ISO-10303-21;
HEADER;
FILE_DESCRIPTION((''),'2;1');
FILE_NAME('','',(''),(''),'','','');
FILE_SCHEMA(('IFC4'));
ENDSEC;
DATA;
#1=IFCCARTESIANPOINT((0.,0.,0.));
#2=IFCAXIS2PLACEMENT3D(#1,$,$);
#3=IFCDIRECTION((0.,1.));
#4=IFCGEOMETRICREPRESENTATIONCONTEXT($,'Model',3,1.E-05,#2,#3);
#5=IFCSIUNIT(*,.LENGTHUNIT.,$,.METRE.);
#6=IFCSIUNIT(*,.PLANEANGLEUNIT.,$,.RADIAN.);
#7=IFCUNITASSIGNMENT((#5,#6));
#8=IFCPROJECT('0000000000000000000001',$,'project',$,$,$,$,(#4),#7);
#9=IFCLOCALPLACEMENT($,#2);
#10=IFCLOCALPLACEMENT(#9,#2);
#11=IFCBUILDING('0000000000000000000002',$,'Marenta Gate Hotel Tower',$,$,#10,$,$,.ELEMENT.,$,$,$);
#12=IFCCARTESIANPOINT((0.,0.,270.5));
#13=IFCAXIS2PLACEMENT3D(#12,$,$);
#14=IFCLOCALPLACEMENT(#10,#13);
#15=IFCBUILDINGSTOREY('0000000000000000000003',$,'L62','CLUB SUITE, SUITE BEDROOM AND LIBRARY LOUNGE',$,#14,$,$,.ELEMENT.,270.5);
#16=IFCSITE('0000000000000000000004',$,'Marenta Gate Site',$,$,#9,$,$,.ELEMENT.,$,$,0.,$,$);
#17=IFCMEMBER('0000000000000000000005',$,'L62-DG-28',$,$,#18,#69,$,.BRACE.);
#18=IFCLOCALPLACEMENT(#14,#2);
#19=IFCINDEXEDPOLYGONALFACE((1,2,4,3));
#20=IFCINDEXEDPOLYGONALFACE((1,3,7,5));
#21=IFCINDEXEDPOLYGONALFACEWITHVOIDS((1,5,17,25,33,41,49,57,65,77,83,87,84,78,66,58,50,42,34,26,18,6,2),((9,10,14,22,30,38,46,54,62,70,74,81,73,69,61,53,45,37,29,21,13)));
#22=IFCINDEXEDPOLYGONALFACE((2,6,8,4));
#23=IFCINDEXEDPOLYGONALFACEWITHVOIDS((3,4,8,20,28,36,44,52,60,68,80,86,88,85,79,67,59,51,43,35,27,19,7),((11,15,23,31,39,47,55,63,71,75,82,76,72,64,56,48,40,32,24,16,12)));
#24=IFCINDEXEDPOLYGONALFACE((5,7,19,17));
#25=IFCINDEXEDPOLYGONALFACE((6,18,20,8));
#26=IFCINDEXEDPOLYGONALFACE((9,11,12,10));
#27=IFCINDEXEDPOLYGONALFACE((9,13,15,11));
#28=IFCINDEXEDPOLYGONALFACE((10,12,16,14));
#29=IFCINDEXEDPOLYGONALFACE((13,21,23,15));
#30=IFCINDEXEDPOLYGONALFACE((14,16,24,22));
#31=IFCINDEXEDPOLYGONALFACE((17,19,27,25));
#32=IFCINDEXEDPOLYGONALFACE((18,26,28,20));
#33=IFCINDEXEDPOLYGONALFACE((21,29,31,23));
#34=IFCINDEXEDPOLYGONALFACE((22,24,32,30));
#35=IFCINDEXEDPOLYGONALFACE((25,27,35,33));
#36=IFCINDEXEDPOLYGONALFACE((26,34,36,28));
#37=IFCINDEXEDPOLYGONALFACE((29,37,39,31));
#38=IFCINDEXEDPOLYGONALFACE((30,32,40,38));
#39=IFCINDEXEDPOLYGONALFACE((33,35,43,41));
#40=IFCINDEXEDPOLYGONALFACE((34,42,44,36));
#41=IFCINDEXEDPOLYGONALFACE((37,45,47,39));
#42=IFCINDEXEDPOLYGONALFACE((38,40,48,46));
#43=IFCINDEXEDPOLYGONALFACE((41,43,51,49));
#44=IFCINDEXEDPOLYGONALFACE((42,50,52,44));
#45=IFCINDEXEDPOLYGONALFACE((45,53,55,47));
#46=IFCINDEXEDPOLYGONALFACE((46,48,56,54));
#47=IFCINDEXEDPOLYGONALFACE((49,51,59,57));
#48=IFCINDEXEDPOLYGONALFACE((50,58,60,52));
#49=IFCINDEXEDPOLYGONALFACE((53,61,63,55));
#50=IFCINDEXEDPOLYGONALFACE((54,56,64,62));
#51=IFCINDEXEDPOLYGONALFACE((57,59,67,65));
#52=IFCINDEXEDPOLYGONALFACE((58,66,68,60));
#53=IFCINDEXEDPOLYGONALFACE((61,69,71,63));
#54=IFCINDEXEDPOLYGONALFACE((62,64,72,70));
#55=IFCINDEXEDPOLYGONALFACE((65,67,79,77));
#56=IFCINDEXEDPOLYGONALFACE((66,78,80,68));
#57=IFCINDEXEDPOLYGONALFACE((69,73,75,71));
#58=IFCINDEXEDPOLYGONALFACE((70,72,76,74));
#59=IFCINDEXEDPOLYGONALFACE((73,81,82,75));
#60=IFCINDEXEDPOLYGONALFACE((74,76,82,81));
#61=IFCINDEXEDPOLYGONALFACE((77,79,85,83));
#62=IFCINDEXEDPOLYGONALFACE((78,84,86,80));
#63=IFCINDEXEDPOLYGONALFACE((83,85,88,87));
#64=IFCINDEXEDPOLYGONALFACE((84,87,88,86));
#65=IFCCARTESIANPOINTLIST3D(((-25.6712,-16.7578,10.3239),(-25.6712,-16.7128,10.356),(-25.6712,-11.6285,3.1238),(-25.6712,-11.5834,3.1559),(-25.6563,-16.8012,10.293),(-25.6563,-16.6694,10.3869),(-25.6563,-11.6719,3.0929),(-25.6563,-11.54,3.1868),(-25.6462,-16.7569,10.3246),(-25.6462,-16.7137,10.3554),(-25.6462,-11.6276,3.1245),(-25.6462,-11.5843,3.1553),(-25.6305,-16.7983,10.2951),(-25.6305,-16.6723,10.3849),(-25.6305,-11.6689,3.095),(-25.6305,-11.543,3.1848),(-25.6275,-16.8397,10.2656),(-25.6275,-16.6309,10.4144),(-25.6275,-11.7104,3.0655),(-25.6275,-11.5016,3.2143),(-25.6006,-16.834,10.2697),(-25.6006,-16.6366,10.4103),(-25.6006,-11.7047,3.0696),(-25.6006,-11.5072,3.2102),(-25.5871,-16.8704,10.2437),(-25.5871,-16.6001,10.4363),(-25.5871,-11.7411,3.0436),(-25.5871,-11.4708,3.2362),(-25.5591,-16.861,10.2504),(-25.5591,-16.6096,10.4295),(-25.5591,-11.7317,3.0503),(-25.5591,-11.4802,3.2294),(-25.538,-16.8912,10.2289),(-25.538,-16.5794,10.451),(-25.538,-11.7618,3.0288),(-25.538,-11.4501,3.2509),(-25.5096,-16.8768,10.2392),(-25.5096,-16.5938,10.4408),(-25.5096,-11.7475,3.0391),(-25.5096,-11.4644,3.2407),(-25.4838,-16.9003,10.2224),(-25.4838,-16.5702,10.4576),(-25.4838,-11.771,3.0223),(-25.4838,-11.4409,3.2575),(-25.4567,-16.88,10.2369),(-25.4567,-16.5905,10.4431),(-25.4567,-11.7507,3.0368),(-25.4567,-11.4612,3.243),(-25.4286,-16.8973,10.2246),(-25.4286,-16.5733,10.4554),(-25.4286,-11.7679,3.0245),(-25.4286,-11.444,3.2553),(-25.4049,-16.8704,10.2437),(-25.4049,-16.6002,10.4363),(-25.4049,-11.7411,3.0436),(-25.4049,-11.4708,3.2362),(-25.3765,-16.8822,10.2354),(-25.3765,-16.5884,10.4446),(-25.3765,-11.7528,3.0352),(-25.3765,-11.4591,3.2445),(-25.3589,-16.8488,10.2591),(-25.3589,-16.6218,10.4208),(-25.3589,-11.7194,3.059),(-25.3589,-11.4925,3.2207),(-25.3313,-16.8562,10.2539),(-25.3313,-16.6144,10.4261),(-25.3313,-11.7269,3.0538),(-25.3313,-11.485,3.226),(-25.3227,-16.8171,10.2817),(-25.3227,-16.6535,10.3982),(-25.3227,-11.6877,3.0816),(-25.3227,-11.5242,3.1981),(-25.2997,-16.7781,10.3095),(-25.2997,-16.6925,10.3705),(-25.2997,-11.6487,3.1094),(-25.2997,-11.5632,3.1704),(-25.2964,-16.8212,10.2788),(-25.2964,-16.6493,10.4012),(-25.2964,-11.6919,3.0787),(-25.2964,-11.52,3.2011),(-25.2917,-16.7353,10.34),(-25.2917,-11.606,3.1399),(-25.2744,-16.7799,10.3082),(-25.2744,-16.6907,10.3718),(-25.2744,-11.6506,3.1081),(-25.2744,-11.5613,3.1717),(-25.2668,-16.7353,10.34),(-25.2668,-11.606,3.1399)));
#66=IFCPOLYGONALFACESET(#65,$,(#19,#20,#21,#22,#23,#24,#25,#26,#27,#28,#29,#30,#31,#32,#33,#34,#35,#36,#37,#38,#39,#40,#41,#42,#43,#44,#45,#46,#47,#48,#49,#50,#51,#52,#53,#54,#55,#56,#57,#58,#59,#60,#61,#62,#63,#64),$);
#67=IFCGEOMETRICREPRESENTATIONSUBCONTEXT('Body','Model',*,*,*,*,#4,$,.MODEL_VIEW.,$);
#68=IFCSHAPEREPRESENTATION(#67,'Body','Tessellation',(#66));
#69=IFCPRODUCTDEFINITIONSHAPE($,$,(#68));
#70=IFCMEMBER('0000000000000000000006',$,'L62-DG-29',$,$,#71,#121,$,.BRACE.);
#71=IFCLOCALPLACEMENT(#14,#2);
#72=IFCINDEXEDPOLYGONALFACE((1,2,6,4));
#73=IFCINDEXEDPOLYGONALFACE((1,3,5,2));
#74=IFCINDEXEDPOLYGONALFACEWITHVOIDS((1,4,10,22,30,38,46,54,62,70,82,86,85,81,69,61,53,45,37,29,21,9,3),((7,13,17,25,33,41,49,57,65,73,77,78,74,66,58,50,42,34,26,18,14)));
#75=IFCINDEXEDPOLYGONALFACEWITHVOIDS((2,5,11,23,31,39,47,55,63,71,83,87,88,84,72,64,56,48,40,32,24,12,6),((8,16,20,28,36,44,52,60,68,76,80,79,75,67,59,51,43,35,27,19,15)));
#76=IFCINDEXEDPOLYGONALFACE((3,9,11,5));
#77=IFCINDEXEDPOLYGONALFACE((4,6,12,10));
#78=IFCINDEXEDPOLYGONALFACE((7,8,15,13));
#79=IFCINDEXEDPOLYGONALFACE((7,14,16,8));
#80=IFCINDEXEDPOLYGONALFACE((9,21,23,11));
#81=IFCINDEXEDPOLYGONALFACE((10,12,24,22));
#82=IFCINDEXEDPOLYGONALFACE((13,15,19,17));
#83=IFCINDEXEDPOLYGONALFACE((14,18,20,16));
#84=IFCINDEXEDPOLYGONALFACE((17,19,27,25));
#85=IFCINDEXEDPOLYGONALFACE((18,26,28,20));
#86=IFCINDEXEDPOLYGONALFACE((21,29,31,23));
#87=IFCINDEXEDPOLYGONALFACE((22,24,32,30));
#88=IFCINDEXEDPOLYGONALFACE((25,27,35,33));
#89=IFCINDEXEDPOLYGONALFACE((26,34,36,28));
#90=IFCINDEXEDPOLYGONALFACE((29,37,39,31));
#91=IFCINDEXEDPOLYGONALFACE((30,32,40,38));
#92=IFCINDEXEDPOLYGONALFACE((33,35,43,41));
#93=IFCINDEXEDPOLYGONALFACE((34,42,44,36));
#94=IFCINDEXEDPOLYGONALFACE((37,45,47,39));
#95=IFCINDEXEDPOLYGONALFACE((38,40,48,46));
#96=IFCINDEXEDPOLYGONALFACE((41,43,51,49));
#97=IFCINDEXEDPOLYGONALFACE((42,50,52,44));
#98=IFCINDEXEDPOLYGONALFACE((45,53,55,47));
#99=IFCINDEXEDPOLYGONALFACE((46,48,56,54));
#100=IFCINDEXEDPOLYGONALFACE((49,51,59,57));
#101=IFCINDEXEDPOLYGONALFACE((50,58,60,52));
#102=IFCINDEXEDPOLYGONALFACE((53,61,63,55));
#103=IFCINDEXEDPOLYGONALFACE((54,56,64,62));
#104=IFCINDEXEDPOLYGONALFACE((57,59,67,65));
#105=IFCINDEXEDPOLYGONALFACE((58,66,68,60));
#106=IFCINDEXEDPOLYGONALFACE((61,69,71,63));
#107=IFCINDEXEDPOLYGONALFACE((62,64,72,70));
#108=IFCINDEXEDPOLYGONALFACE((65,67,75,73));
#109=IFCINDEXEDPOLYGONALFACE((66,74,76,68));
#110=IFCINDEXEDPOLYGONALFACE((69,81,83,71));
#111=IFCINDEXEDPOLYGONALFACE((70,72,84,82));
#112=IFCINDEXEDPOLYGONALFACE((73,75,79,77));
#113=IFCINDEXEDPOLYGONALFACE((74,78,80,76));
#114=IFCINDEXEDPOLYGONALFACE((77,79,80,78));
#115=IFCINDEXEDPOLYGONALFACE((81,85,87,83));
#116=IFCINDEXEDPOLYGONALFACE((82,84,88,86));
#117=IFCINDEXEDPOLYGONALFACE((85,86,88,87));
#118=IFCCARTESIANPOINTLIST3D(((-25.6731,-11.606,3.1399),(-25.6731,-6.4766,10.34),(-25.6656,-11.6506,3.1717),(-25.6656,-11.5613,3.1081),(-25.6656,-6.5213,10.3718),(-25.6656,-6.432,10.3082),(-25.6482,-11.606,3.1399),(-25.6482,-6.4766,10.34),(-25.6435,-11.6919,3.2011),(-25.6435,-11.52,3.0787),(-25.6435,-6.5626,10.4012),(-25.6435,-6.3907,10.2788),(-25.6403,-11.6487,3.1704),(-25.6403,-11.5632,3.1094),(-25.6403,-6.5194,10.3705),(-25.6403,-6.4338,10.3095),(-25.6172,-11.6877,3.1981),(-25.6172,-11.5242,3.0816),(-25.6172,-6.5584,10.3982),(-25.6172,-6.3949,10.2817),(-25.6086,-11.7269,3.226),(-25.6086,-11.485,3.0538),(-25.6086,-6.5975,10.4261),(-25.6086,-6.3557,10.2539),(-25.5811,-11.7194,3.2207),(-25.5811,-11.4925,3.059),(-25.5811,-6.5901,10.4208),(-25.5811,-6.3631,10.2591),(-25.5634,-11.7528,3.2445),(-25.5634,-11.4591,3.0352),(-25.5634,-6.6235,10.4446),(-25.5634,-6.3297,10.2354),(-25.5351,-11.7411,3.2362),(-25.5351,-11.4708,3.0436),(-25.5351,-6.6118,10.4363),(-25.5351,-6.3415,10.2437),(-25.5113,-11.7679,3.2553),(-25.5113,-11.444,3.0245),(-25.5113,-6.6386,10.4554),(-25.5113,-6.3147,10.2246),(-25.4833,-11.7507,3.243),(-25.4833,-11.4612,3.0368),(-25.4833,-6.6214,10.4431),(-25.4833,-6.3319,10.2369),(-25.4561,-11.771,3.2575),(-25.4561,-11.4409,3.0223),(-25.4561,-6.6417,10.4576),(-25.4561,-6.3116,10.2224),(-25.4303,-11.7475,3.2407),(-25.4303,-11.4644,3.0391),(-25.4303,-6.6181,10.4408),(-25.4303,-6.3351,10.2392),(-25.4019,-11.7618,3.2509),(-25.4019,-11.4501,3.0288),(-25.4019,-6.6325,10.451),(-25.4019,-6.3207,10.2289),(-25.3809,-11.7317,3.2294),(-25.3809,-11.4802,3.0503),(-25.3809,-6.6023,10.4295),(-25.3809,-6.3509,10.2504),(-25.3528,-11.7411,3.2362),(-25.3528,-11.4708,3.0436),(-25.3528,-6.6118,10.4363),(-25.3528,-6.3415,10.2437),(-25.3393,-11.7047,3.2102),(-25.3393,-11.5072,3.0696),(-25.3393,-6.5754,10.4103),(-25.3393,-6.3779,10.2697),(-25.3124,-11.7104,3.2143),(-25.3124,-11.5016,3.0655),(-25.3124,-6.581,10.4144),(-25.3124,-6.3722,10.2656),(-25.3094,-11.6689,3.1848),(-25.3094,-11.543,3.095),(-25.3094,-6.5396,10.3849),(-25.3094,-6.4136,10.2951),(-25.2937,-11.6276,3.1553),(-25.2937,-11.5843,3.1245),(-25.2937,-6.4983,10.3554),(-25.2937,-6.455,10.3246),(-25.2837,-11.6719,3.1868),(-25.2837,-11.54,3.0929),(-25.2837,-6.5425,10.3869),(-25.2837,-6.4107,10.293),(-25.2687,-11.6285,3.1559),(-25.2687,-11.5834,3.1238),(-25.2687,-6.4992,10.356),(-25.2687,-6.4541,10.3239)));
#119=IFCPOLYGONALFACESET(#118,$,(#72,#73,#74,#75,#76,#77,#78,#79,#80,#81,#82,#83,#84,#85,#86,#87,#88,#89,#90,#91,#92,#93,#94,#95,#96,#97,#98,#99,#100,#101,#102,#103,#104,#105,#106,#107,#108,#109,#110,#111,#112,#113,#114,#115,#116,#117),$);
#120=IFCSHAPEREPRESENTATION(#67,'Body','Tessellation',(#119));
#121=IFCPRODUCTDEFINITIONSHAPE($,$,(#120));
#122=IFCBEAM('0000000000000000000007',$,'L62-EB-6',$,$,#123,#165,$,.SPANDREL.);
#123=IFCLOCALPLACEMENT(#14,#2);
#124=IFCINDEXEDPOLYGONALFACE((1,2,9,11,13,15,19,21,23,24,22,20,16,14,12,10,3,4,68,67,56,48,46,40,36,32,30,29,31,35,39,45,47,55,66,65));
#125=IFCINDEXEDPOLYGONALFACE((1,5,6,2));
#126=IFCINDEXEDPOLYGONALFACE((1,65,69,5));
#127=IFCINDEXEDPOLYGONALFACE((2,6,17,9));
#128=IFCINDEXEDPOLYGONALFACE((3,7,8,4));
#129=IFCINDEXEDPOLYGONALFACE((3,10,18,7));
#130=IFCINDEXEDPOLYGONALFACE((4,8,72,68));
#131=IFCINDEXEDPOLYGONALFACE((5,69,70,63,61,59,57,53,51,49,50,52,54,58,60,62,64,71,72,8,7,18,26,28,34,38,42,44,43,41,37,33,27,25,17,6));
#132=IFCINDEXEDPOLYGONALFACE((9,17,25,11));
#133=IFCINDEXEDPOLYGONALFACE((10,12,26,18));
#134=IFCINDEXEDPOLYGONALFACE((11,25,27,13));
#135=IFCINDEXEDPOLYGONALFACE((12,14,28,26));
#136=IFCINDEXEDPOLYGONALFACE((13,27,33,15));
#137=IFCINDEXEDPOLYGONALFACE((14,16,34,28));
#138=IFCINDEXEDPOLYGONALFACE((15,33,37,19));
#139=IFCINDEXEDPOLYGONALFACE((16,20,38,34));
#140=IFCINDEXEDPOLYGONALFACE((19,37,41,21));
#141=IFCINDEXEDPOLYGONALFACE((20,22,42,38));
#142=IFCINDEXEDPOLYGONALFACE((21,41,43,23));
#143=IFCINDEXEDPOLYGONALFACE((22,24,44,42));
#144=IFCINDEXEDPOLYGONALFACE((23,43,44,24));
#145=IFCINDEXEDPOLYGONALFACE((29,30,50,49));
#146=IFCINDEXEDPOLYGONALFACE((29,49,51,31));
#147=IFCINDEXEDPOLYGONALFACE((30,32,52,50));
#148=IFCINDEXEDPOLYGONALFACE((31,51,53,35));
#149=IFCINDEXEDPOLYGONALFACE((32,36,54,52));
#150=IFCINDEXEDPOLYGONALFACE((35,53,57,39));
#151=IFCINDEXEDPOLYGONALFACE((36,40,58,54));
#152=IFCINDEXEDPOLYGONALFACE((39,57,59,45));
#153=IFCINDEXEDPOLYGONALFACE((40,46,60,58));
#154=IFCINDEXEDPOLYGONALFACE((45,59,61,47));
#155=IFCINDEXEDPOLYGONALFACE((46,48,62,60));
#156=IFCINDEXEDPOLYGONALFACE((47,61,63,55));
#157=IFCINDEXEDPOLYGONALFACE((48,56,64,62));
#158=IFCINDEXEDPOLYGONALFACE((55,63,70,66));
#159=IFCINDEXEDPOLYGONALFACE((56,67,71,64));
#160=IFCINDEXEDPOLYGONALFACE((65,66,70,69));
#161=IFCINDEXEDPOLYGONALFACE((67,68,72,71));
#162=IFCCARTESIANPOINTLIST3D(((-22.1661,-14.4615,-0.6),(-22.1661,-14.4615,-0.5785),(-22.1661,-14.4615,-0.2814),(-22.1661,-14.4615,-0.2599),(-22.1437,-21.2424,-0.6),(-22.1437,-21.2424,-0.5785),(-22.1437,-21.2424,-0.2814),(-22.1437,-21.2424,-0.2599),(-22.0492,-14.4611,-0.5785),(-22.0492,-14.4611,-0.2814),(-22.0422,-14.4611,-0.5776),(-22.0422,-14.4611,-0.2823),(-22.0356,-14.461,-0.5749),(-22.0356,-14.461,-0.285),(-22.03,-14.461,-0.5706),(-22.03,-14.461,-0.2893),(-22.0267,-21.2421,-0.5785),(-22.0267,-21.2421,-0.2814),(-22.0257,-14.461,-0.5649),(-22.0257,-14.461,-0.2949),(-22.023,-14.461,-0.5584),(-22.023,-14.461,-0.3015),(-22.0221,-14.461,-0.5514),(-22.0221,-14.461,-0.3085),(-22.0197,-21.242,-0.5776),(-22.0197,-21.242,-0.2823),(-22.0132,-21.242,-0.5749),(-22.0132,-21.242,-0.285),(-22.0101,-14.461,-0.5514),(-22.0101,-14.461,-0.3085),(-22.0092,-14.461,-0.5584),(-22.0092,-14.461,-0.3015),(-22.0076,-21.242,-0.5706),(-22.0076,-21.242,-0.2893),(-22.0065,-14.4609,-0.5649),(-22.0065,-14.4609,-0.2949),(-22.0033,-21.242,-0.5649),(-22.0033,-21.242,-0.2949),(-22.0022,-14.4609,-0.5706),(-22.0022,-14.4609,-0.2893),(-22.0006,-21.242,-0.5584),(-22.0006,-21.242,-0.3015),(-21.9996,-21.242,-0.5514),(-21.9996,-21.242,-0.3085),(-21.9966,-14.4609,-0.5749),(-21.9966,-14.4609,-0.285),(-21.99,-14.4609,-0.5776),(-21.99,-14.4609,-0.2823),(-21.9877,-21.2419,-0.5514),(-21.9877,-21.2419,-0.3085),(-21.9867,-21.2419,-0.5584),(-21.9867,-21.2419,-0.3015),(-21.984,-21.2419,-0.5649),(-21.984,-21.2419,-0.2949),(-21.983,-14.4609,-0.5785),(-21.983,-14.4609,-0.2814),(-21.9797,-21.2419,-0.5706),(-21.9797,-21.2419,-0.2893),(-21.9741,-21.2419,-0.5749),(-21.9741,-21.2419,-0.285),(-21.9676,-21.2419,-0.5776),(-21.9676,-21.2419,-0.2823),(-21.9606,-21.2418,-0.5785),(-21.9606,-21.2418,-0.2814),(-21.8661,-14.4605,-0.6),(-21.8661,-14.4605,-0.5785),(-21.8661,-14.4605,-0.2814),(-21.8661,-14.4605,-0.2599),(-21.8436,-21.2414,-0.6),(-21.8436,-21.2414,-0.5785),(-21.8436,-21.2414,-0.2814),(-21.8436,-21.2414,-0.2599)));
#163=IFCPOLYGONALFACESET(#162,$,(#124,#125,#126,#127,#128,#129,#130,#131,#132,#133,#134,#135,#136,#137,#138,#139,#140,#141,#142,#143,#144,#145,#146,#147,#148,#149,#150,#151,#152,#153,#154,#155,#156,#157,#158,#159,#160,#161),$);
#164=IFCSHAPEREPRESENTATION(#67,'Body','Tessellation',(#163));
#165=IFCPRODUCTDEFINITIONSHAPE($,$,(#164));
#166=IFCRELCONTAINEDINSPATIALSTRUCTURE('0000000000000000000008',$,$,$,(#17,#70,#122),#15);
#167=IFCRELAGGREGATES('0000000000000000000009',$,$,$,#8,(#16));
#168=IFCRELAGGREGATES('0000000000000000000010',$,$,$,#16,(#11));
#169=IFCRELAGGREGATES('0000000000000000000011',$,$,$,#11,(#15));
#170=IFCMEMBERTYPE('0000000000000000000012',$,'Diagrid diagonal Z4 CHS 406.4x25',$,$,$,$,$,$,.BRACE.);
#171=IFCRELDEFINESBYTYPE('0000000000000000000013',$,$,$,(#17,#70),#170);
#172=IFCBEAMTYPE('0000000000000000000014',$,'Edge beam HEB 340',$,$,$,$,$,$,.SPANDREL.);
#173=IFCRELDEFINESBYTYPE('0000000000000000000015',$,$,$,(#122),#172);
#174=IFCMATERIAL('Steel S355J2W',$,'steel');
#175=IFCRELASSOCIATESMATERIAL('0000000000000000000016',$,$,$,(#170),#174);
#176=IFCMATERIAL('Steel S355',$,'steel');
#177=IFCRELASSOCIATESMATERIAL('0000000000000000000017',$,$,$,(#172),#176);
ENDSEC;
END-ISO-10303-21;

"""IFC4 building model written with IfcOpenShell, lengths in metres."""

from ifc_helpers import new_model, si_unit, direction, frame, origin, origin_2d, place, context, subcontext, project, spatial, hollow_circle, i_section, extrude, material, material_profile, profile_set, type_object, element, save


model = new_model("IFC4")

# Units and contexts
model_context = context("Model", 3, precision=1e-05, world=origin(), true_north=direction((0.0, 1.0)))
body_context = subcontext(model_context, "Body", "Model", "MODEL_VIEW")
ifc_project = project(units=[si_unit("LENGTHUNIT", "METRE"), si_unit("PLANEANGLEUNIT", "RADIAN")], contexts=[model_context])

# Site, building, storey
site_placement = place(None, origin())
site = spatial("IfcSite", under=ifc_project, at=site_placement, Name="Marenta Gate Site", CompositionType="ELEMENT", RefElevation=0.0)
building_placement = place(site_placement, origin())
building = spatial("IfcBuilding", under=site, at=building_placement, Name="Marenta Gate Hotel Tower", CompositionType="ELEMENT")
storey_placement = place(building_placement, frame((0.0, 0.0, 270.5)))
storey = spatial("IfcBuildingStorey", under=building, at=storey_placement, Name="L62", Description="CLUB SUITE, SUITE BEDROOM AND LIBRARY LOUNGE", CompositionType="ELEMENT", Elevation=270.5)

# Members
ifc_material_1 = material(Name="Steel S355J2W", Category="steel")
ifc_material_profile_1 = material_profile(ifc_material_1, hollow_circle(Radius=0.2031, WallThickness=0.0249, at=origin_2d()), Name="CHS 406.4x25")
ifc_profile_set_1 = profile_set([ifc_material_profile_1], Name="Steel S355J2W")
member_type_1 = type_object("IfcMemberType", Name="Diagrid diagonal Z4 CHS 406.4x25", PredefinedType="BRACE", material=ifc_profile_set_1)
for number, where, z_axis, x_axis, name in (
    (1, (-25.47, -11.606, 3.1399), (0.0, -0.580219, 0.814461), (1.0, 0.0, 0.0), "L62-DG-28"),
    (2, (-25.47, -11.606, 3.1399), (0.0, 0.580219, 0.814461), (-1.0, 0.0, 0.0), "L62-DG-29"),
):
    element("IfcMember", number, at=place(storey_placement, frame(where, z_axis=z_axis, x_axis=x_axis)), inside=storey, type_object=member_type_1, Name=name, PredefinedType="BRACE", context=body_context, shape_type="SweptSolid", body=[
        extrude(hollow_circle(Radius=0.2031, WallThickness=0.0249, at=origin_2d()), origin(), (0.0, 0.0, 1.0), 8.8403),
    ])

# Beam
ifc_material_2 = material(Name="Steel S355", Category="steel")
ifc_material_profile_2 = material_profile(ifc_material_2, i_section(OverallWidth=0.3, OverallDepth=0.3401, WebThickness=0.012, FlangeThickness=0.0215, FilletRadius=0.0271, at=origin_2d()), Name="HEB 340")
ifc_profile_set_2 = profile_set([ifc_material_profile_2], Name="Steel S355")
beam_type_1 = type_object("IfcBeamType", Name="Edge beam HEB 340", PredefinedType="SPANDREL", material=ifc_profile_set_2)
beam_1_placement = place(storey_placement, frame((-21.9937, -21.2419, -0.4299), z_axis=(-0.003312, 0.999995, 0.0), x_axis=(-0.999995, -0.003312, 0.0)))
element("IfcBeam", 3, at=beam_1_placement, inside=storey, type_object=beam_type_1, Name="L62-EB-6", PredefinedType="SPANDREL", context=body_context, shape_type="SweptSolid", body=[
    extrude(i_section(OverallWidth=0.3, OverallDepth=0.3401, WebThickness=0.012, FlangeThickness=0.0215, FilletRadius=0.0271, at=origin_2d()), origin(), (0.0, 0.0, 1.0), 6.781),
])

save(model, "model.ifc")
